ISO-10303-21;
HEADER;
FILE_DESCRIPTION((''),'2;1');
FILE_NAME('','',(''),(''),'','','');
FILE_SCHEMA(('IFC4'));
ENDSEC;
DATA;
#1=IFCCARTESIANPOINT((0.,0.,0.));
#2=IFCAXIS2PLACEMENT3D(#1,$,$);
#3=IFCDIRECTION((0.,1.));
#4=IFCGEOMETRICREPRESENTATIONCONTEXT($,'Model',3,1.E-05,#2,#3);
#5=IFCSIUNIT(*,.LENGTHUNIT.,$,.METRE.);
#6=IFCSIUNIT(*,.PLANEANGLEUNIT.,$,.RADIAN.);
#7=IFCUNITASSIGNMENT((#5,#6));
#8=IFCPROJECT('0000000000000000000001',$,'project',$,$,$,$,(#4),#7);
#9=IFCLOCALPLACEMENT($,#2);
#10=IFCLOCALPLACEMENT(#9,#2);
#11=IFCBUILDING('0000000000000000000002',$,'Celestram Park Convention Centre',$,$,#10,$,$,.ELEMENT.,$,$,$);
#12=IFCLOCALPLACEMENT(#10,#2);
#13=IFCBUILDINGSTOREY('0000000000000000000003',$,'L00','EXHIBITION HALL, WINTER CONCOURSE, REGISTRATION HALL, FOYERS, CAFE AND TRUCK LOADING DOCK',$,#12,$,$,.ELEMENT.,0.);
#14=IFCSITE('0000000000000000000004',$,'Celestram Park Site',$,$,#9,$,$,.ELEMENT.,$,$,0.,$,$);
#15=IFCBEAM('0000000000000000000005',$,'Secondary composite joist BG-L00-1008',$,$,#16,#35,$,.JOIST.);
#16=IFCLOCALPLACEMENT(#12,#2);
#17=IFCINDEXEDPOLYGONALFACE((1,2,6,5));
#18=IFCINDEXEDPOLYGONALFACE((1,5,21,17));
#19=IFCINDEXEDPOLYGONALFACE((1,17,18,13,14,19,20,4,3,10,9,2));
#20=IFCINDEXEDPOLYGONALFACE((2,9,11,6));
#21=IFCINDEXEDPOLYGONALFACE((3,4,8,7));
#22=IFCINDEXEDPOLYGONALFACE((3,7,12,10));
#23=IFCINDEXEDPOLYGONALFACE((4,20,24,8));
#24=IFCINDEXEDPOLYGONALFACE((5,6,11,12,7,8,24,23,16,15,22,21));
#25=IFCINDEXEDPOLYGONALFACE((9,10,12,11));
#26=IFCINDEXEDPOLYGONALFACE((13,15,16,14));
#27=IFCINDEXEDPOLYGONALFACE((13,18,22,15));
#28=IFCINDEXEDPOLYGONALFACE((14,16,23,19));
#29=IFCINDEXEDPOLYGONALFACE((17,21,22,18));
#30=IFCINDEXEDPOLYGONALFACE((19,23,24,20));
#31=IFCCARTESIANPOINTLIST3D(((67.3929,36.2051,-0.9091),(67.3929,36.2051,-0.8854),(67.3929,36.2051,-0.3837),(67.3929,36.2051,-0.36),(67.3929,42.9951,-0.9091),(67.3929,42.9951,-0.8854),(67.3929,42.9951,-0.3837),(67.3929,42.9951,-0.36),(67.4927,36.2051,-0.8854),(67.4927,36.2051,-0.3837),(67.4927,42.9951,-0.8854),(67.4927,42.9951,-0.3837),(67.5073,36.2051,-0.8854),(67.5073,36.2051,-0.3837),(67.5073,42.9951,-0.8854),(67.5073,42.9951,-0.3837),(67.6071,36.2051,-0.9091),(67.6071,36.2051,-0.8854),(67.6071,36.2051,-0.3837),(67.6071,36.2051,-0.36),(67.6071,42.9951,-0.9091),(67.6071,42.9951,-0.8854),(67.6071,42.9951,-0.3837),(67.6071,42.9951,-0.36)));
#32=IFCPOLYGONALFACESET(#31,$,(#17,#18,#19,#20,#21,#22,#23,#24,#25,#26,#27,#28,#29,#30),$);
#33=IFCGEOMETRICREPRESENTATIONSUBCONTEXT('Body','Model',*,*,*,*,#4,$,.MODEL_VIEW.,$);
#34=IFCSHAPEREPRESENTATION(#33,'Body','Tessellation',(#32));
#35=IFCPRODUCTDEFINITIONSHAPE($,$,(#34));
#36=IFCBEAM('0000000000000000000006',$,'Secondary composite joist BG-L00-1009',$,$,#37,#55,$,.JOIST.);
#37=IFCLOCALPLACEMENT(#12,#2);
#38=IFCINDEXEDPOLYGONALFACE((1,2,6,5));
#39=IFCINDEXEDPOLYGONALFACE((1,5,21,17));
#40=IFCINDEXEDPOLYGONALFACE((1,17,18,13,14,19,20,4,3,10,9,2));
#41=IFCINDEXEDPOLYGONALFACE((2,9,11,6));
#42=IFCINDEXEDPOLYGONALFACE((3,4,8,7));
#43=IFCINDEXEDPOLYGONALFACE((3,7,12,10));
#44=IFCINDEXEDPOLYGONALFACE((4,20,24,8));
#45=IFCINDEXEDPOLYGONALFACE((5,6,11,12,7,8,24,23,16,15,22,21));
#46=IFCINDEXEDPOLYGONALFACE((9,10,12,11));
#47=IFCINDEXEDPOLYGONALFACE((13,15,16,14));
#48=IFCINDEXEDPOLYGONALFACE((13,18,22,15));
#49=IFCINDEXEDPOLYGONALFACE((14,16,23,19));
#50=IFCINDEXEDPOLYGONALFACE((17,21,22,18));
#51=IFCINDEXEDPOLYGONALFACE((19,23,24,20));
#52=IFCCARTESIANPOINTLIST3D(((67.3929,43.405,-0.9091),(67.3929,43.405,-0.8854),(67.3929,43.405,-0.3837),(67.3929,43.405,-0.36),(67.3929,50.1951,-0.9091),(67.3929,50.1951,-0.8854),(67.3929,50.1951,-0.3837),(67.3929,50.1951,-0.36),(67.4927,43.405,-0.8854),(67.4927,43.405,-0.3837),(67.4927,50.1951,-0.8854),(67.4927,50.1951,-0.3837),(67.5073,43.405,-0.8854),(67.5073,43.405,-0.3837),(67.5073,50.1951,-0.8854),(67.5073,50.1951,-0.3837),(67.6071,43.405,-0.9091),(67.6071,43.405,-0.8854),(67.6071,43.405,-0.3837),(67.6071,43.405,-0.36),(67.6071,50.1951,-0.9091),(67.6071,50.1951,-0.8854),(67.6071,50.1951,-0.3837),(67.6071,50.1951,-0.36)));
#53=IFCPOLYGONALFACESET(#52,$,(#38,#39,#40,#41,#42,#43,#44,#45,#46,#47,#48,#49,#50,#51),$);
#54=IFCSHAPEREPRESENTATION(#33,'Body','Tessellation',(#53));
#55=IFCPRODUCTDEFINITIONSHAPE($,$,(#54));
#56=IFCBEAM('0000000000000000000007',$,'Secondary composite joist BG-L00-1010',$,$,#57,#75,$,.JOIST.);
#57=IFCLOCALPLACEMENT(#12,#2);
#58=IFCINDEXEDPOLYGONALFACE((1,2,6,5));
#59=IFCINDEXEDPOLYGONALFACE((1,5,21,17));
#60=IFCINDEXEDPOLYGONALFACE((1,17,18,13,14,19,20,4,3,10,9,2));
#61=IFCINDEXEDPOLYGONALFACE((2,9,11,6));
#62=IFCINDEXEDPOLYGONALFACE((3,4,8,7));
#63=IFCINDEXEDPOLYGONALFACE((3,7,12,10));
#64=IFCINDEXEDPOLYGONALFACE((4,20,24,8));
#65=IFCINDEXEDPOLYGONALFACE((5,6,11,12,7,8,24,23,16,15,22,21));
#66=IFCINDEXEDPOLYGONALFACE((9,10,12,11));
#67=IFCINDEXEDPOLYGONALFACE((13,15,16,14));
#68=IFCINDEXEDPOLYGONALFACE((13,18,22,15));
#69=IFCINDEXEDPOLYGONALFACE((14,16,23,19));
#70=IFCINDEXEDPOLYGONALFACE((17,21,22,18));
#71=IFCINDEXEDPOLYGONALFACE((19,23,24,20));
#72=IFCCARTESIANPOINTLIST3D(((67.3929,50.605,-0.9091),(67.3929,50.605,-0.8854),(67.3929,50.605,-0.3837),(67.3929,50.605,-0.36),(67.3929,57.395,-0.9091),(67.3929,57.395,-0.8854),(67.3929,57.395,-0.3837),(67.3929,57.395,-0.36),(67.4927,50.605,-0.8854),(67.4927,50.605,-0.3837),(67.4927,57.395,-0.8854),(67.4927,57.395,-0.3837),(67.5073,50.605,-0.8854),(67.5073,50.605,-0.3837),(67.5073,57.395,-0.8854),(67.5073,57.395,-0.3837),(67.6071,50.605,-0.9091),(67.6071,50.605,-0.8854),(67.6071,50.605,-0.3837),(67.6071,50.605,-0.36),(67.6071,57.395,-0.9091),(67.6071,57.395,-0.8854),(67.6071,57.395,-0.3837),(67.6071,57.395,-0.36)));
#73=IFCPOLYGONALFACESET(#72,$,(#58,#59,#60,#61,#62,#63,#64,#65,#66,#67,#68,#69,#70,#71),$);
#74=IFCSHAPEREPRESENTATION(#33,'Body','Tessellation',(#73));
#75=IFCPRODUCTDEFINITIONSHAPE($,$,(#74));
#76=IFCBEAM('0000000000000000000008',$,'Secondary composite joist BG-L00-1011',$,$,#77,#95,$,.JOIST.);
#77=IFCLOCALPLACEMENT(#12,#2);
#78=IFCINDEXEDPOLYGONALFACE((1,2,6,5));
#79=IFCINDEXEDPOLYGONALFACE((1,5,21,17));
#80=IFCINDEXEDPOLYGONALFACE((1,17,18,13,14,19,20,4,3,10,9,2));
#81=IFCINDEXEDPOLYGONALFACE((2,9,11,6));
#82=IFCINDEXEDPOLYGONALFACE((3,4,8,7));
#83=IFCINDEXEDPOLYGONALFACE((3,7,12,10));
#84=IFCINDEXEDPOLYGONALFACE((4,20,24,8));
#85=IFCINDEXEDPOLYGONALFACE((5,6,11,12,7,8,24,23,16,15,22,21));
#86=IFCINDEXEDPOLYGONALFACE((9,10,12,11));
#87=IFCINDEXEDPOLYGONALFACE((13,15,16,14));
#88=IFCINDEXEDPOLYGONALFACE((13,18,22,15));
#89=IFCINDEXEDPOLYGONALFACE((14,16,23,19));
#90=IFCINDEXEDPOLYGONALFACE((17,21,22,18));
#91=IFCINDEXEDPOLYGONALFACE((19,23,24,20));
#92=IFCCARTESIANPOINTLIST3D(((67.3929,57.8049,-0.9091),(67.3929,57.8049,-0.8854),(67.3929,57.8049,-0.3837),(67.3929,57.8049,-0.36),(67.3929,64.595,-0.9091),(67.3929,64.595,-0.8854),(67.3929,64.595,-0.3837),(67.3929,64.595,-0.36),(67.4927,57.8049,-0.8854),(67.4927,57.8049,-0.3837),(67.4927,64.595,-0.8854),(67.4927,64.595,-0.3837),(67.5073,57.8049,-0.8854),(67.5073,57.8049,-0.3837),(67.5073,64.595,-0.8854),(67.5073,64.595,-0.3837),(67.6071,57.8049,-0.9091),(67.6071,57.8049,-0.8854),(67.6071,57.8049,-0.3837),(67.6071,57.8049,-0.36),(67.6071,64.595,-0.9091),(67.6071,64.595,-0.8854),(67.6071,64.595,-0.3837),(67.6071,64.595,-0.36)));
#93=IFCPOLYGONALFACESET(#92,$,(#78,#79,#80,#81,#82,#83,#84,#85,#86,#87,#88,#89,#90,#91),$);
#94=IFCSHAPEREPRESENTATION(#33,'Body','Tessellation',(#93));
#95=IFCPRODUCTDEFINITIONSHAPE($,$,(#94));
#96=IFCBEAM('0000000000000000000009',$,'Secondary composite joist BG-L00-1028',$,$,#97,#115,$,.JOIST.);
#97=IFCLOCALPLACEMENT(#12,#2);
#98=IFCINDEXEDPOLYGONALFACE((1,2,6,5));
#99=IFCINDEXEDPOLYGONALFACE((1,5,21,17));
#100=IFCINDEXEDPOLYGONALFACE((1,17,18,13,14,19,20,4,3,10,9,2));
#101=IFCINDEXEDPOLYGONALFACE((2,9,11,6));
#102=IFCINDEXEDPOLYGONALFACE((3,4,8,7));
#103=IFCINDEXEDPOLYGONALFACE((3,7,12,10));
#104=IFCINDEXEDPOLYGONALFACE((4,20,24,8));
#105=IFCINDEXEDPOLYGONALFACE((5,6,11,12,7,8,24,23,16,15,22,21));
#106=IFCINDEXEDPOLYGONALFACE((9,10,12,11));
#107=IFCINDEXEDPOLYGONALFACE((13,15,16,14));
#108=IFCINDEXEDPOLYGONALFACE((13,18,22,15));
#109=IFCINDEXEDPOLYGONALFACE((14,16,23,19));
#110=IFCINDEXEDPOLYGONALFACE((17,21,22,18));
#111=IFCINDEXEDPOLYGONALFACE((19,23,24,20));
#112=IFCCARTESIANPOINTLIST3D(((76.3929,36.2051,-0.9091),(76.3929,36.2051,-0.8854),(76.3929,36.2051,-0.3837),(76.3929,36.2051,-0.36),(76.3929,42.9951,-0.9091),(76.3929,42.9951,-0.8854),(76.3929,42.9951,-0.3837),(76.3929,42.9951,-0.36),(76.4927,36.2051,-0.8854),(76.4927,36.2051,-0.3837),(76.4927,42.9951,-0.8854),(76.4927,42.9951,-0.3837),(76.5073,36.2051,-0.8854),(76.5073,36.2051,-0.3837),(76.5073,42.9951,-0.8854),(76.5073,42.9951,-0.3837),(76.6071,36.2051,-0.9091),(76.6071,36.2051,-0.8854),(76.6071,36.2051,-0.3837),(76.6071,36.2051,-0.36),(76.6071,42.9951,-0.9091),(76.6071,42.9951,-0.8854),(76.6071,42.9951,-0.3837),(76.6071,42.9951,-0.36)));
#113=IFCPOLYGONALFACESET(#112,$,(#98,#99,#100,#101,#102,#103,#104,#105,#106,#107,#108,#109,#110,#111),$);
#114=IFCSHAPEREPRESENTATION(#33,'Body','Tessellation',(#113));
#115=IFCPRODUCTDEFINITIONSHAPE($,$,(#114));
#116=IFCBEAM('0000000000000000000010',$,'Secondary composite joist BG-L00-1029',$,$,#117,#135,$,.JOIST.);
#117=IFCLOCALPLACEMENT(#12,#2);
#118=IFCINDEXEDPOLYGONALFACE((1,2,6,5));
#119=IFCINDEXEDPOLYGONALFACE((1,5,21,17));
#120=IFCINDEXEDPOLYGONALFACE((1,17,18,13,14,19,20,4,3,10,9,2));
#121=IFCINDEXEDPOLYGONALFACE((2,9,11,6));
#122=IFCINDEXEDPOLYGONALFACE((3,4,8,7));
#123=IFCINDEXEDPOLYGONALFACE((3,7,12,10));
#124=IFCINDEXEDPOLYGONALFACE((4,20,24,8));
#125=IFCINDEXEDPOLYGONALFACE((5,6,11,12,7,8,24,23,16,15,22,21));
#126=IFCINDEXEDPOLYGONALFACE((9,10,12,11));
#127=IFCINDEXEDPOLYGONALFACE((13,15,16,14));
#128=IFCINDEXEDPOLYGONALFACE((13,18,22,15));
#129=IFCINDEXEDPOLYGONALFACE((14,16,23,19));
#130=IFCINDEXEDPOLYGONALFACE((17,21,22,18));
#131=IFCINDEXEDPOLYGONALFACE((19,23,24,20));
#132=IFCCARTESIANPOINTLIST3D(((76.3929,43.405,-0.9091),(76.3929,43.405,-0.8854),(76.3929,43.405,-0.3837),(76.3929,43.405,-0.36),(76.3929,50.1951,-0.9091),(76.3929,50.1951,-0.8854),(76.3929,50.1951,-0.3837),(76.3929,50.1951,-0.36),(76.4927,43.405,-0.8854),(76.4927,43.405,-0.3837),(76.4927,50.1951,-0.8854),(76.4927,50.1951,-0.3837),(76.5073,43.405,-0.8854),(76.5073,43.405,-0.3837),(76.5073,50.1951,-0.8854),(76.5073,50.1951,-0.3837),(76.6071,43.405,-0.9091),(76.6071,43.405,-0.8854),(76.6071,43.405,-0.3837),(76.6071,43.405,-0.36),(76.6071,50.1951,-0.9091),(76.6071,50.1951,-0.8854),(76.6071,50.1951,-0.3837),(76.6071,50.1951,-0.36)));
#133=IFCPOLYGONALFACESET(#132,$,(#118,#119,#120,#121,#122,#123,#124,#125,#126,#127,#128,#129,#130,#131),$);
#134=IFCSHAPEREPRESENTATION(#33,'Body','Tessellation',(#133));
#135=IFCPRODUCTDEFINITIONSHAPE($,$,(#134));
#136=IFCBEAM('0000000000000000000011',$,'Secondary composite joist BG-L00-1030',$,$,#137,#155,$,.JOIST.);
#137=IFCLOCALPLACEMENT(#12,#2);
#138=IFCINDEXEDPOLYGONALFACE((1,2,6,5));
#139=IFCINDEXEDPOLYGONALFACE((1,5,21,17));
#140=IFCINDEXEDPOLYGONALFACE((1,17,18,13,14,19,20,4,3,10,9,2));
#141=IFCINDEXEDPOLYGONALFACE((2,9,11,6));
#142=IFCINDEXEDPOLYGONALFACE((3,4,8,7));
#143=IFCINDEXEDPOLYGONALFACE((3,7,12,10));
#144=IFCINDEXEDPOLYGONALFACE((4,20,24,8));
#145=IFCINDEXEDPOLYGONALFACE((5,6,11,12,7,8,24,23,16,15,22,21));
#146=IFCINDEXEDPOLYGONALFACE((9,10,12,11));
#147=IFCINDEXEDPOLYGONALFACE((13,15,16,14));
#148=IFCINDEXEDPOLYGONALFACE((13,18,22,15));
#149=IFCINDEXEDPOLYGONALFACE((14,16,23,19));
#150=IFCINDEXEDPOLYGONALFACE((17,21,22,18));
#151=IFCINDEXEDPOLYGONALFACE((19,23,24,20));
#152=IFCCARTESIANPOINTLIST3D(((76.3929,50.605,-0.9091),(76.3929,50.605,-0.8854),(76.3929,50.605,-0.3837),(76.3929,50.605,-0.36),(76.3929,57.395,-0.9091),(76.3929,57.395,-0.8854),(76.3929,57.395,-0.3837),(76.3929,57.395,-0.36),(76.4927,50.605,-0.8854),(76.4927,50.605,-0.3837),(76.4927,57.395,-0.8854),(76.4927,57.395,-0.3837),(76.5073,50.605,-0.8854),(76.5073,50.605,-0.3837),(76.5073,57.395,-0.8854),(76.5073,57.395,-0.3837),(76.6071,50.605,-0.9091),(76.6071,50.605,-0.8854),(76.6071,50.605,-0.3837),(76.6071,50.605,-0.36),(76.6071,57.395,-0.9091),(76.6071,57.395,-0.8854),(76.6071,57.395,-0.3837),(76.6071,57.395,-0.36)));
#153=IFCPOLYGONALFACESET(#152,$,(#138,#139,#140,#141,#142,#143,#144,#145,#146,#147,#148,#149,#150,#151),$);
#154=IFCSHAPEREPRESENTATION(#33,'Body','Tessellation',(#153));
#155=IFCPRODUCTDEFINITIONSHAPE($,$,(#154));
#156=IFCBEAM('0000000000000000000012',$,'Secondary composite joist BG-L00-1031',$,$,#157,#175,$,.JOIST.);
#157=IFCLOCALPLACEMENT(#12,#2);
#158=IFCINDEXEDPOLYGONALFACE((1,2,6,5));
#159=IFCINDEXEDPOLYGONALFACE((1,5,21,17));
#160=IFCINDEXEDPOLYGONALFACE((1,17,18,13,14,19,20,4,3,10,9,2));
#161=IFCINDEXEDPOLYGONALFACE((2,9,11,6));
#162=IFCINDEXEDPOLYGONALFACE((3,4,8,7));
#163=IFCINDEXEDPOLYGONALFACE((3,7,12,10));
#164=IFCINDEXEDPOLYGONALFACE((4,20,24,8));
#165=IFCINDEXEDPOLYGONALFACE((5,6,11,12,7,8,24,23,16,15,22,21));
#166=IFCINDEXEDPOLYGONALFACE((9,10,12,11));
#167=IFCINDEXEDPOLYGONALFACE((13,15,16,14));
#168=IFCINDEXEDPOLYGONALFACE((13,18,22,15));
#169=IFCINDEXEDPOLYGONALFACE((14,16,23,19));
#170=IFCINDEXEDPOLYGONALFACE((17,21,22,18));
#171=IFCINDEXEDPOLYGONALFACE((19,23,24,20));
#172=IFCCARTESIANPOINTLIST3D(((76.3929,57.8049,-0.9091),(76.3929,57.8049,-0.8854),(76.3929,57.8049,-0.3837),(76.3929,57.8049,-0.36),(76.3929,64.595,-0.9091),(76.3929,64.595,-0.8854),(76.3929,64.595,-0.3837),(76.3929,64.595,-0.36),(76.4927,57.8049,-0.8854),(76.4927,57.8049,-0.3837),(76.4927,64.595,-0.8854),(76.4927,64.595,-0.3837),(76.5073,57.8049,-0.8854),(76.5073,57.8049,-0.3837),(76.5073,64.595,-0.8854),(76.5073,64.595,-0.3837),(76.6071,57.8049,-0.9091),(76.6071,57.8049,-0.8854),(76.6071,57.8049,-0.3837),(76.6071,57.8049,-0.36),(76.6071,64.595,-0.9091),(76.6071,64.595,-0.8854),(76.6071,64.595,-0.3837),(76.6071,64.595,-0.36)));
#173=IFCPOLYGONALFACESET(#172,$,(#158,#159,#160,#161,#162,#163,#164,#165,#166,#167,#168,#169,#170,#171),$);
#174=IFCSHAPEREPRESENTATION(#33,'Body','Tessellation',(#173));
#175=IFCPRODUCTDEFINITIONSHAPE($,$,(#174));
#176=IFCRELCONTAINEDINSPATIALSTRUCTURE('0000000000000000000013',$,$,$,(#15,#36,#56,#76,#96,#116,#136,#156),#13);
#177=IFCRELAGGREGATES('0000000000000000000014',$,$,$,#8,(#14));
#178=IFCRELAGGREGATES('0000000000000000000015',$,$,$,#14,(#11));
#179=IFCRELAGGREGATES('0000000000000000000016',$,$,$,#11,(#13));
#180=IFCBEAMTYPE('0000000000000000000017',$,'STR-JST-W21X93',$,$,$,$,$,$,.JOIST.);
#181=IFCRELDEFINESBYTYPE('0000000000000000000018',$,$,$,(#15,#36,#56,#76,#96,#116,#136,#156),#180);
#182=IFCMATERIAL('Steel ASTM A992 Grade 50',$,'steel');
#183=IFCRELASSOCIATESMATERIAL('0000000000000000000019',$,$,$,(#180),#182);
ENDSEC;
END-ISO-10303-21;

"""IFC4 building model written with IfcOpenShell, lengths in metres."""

from ifc_helpers import new_model, si_unit, direction, frame, origin, origin_2d, place, context, subcontext, project, spatial, i_section, extrude, material, material_profile, profile_set, type_object, element, save


model = new_model("IFC4")

# Units and contexts
model_context = context("Model", 3, precision=1e-05, world=origin(), true_north=direction((0.0, 1.0)))
body_context = subcontext(model_context, "Body", "Model", "MODEL_VIEW")
ifc_project = project(units=[si_unit("LENGTHUNIT", "METRE"), si_unit("PLANEANGLEUNIT", "RADIAN")], contexts=[model_context])

# Site, building, storey
site_placement = place(None, origin())
site = spatial("IfcSite", under=ifc_project, at=site_placement, Name="Celestram Park Site", CompositionType="ELEMENT", RefElevation=0.0)
building_placement = place(site_placement, origin())
building = spatial("IfcBuilding", under=site, at=building_placement, Name="Celestram Park Convention Centre", CompositionType="ELEMENT")
storey_placement = place(building_placement, origin())
storey = spatial("IfcBuildingStorey", under=building, at=storey_placement, Name="L00", Description="EXHIBITION HALL, WINTER CONCOURSE, REGISTRATION HALL, FOYERS, CAFE AND TRUCK LOADING DOCK", CompositionType="ELEMENT", Elevation=0.0)

# Beams
ifc_material = material(Name="Steel ASTM A992 Grade 50", Category="steel")
ifc_material_profile_1 = material_profile(ifc_material, i_section(OverallWidth=0.2141, OverallDepth=0.5491, WebThickness=0.0146, FlangeThickness=0.0237, at=origin_2d()), Name="W21X93")
ifc_profile_set_1 = profile_set([ifc_material_profile_1], Name="Steel ASTM A992 Grade 50")
beam_type_1 = type_object("IfcBeamType", Name="STR-JST-W21X93", PredefinedType="JOIST", material=ifc_profile_set_1)
for number, where, z_axis, x_axis, name in (
    (1, (67.5, 36.2051, -0.6345), (0.0, 1.0, 0.0), (-1.0, 0.0, 0.0), "Secondary composite joist BG-L00-1008"),
    (2, (67.5, 43.405, -0.6345), (0.0, 1.0, 0.0), (-1.0, 0.0, 0.0), "Secondary composite joist BG-L00-1009"),
    (3, (67.5, 50.605, -0.6345), (0.0, 1.0, 0.0), (-1.0, 0.0, 0.0), "Secondary composite joist BG-L00-1010"),
    (4, (67.5, 57.8049, -0.6345), (0.0, 1.0, 0.0), (-1.0, 0.0, 0.0), "Secondary composite joist BG-L00-1011"),
    (5, (76.5, 36.2051, -0.6345), (0.0, 1.0, 0.0), (-1.0, 0.0, 0.0), "Secondary composite joist BG-L00-1028"),
    (6, (76.5, 43.405, -0.6345), (0.0, 1.0, 0.0), (-1.0, 0.0, 0.0), "Secondary composite joist BG-L00-1029"),
    (7, (76.5, 50.605, -0.6345), (0.0, 1.0, 0.0), (-1.0, 0.0, 0.0), "Secondary composite joist BG-L00-1030"),
    (8, (76.5, 57.8049, -0.6345), (0.0, 1.0, 0.0), (-1.0, 0.0, 0.0), "Secondary composite joist BG-L00-1031"),
):
    element("IfcBeam", number, at=place(storey_placement, frame(where, z_axis=z_axis, x_axis=x_axis)), inside=storey, type_object=beam_type_1, Name=name, PredefinedType="JOIST", context=body_context, shape_type="SweptSolid", body=[
        extrude(i_section(OverallWidth=0.2141, OverallDepth=0.5491, WebThickness=0.0146, FlangeThickness=0.0237, at=origin_2d()), origin(), (0.0, 0.0, 1.0), 6.79),
    ])

save(model, "model.ifc")
